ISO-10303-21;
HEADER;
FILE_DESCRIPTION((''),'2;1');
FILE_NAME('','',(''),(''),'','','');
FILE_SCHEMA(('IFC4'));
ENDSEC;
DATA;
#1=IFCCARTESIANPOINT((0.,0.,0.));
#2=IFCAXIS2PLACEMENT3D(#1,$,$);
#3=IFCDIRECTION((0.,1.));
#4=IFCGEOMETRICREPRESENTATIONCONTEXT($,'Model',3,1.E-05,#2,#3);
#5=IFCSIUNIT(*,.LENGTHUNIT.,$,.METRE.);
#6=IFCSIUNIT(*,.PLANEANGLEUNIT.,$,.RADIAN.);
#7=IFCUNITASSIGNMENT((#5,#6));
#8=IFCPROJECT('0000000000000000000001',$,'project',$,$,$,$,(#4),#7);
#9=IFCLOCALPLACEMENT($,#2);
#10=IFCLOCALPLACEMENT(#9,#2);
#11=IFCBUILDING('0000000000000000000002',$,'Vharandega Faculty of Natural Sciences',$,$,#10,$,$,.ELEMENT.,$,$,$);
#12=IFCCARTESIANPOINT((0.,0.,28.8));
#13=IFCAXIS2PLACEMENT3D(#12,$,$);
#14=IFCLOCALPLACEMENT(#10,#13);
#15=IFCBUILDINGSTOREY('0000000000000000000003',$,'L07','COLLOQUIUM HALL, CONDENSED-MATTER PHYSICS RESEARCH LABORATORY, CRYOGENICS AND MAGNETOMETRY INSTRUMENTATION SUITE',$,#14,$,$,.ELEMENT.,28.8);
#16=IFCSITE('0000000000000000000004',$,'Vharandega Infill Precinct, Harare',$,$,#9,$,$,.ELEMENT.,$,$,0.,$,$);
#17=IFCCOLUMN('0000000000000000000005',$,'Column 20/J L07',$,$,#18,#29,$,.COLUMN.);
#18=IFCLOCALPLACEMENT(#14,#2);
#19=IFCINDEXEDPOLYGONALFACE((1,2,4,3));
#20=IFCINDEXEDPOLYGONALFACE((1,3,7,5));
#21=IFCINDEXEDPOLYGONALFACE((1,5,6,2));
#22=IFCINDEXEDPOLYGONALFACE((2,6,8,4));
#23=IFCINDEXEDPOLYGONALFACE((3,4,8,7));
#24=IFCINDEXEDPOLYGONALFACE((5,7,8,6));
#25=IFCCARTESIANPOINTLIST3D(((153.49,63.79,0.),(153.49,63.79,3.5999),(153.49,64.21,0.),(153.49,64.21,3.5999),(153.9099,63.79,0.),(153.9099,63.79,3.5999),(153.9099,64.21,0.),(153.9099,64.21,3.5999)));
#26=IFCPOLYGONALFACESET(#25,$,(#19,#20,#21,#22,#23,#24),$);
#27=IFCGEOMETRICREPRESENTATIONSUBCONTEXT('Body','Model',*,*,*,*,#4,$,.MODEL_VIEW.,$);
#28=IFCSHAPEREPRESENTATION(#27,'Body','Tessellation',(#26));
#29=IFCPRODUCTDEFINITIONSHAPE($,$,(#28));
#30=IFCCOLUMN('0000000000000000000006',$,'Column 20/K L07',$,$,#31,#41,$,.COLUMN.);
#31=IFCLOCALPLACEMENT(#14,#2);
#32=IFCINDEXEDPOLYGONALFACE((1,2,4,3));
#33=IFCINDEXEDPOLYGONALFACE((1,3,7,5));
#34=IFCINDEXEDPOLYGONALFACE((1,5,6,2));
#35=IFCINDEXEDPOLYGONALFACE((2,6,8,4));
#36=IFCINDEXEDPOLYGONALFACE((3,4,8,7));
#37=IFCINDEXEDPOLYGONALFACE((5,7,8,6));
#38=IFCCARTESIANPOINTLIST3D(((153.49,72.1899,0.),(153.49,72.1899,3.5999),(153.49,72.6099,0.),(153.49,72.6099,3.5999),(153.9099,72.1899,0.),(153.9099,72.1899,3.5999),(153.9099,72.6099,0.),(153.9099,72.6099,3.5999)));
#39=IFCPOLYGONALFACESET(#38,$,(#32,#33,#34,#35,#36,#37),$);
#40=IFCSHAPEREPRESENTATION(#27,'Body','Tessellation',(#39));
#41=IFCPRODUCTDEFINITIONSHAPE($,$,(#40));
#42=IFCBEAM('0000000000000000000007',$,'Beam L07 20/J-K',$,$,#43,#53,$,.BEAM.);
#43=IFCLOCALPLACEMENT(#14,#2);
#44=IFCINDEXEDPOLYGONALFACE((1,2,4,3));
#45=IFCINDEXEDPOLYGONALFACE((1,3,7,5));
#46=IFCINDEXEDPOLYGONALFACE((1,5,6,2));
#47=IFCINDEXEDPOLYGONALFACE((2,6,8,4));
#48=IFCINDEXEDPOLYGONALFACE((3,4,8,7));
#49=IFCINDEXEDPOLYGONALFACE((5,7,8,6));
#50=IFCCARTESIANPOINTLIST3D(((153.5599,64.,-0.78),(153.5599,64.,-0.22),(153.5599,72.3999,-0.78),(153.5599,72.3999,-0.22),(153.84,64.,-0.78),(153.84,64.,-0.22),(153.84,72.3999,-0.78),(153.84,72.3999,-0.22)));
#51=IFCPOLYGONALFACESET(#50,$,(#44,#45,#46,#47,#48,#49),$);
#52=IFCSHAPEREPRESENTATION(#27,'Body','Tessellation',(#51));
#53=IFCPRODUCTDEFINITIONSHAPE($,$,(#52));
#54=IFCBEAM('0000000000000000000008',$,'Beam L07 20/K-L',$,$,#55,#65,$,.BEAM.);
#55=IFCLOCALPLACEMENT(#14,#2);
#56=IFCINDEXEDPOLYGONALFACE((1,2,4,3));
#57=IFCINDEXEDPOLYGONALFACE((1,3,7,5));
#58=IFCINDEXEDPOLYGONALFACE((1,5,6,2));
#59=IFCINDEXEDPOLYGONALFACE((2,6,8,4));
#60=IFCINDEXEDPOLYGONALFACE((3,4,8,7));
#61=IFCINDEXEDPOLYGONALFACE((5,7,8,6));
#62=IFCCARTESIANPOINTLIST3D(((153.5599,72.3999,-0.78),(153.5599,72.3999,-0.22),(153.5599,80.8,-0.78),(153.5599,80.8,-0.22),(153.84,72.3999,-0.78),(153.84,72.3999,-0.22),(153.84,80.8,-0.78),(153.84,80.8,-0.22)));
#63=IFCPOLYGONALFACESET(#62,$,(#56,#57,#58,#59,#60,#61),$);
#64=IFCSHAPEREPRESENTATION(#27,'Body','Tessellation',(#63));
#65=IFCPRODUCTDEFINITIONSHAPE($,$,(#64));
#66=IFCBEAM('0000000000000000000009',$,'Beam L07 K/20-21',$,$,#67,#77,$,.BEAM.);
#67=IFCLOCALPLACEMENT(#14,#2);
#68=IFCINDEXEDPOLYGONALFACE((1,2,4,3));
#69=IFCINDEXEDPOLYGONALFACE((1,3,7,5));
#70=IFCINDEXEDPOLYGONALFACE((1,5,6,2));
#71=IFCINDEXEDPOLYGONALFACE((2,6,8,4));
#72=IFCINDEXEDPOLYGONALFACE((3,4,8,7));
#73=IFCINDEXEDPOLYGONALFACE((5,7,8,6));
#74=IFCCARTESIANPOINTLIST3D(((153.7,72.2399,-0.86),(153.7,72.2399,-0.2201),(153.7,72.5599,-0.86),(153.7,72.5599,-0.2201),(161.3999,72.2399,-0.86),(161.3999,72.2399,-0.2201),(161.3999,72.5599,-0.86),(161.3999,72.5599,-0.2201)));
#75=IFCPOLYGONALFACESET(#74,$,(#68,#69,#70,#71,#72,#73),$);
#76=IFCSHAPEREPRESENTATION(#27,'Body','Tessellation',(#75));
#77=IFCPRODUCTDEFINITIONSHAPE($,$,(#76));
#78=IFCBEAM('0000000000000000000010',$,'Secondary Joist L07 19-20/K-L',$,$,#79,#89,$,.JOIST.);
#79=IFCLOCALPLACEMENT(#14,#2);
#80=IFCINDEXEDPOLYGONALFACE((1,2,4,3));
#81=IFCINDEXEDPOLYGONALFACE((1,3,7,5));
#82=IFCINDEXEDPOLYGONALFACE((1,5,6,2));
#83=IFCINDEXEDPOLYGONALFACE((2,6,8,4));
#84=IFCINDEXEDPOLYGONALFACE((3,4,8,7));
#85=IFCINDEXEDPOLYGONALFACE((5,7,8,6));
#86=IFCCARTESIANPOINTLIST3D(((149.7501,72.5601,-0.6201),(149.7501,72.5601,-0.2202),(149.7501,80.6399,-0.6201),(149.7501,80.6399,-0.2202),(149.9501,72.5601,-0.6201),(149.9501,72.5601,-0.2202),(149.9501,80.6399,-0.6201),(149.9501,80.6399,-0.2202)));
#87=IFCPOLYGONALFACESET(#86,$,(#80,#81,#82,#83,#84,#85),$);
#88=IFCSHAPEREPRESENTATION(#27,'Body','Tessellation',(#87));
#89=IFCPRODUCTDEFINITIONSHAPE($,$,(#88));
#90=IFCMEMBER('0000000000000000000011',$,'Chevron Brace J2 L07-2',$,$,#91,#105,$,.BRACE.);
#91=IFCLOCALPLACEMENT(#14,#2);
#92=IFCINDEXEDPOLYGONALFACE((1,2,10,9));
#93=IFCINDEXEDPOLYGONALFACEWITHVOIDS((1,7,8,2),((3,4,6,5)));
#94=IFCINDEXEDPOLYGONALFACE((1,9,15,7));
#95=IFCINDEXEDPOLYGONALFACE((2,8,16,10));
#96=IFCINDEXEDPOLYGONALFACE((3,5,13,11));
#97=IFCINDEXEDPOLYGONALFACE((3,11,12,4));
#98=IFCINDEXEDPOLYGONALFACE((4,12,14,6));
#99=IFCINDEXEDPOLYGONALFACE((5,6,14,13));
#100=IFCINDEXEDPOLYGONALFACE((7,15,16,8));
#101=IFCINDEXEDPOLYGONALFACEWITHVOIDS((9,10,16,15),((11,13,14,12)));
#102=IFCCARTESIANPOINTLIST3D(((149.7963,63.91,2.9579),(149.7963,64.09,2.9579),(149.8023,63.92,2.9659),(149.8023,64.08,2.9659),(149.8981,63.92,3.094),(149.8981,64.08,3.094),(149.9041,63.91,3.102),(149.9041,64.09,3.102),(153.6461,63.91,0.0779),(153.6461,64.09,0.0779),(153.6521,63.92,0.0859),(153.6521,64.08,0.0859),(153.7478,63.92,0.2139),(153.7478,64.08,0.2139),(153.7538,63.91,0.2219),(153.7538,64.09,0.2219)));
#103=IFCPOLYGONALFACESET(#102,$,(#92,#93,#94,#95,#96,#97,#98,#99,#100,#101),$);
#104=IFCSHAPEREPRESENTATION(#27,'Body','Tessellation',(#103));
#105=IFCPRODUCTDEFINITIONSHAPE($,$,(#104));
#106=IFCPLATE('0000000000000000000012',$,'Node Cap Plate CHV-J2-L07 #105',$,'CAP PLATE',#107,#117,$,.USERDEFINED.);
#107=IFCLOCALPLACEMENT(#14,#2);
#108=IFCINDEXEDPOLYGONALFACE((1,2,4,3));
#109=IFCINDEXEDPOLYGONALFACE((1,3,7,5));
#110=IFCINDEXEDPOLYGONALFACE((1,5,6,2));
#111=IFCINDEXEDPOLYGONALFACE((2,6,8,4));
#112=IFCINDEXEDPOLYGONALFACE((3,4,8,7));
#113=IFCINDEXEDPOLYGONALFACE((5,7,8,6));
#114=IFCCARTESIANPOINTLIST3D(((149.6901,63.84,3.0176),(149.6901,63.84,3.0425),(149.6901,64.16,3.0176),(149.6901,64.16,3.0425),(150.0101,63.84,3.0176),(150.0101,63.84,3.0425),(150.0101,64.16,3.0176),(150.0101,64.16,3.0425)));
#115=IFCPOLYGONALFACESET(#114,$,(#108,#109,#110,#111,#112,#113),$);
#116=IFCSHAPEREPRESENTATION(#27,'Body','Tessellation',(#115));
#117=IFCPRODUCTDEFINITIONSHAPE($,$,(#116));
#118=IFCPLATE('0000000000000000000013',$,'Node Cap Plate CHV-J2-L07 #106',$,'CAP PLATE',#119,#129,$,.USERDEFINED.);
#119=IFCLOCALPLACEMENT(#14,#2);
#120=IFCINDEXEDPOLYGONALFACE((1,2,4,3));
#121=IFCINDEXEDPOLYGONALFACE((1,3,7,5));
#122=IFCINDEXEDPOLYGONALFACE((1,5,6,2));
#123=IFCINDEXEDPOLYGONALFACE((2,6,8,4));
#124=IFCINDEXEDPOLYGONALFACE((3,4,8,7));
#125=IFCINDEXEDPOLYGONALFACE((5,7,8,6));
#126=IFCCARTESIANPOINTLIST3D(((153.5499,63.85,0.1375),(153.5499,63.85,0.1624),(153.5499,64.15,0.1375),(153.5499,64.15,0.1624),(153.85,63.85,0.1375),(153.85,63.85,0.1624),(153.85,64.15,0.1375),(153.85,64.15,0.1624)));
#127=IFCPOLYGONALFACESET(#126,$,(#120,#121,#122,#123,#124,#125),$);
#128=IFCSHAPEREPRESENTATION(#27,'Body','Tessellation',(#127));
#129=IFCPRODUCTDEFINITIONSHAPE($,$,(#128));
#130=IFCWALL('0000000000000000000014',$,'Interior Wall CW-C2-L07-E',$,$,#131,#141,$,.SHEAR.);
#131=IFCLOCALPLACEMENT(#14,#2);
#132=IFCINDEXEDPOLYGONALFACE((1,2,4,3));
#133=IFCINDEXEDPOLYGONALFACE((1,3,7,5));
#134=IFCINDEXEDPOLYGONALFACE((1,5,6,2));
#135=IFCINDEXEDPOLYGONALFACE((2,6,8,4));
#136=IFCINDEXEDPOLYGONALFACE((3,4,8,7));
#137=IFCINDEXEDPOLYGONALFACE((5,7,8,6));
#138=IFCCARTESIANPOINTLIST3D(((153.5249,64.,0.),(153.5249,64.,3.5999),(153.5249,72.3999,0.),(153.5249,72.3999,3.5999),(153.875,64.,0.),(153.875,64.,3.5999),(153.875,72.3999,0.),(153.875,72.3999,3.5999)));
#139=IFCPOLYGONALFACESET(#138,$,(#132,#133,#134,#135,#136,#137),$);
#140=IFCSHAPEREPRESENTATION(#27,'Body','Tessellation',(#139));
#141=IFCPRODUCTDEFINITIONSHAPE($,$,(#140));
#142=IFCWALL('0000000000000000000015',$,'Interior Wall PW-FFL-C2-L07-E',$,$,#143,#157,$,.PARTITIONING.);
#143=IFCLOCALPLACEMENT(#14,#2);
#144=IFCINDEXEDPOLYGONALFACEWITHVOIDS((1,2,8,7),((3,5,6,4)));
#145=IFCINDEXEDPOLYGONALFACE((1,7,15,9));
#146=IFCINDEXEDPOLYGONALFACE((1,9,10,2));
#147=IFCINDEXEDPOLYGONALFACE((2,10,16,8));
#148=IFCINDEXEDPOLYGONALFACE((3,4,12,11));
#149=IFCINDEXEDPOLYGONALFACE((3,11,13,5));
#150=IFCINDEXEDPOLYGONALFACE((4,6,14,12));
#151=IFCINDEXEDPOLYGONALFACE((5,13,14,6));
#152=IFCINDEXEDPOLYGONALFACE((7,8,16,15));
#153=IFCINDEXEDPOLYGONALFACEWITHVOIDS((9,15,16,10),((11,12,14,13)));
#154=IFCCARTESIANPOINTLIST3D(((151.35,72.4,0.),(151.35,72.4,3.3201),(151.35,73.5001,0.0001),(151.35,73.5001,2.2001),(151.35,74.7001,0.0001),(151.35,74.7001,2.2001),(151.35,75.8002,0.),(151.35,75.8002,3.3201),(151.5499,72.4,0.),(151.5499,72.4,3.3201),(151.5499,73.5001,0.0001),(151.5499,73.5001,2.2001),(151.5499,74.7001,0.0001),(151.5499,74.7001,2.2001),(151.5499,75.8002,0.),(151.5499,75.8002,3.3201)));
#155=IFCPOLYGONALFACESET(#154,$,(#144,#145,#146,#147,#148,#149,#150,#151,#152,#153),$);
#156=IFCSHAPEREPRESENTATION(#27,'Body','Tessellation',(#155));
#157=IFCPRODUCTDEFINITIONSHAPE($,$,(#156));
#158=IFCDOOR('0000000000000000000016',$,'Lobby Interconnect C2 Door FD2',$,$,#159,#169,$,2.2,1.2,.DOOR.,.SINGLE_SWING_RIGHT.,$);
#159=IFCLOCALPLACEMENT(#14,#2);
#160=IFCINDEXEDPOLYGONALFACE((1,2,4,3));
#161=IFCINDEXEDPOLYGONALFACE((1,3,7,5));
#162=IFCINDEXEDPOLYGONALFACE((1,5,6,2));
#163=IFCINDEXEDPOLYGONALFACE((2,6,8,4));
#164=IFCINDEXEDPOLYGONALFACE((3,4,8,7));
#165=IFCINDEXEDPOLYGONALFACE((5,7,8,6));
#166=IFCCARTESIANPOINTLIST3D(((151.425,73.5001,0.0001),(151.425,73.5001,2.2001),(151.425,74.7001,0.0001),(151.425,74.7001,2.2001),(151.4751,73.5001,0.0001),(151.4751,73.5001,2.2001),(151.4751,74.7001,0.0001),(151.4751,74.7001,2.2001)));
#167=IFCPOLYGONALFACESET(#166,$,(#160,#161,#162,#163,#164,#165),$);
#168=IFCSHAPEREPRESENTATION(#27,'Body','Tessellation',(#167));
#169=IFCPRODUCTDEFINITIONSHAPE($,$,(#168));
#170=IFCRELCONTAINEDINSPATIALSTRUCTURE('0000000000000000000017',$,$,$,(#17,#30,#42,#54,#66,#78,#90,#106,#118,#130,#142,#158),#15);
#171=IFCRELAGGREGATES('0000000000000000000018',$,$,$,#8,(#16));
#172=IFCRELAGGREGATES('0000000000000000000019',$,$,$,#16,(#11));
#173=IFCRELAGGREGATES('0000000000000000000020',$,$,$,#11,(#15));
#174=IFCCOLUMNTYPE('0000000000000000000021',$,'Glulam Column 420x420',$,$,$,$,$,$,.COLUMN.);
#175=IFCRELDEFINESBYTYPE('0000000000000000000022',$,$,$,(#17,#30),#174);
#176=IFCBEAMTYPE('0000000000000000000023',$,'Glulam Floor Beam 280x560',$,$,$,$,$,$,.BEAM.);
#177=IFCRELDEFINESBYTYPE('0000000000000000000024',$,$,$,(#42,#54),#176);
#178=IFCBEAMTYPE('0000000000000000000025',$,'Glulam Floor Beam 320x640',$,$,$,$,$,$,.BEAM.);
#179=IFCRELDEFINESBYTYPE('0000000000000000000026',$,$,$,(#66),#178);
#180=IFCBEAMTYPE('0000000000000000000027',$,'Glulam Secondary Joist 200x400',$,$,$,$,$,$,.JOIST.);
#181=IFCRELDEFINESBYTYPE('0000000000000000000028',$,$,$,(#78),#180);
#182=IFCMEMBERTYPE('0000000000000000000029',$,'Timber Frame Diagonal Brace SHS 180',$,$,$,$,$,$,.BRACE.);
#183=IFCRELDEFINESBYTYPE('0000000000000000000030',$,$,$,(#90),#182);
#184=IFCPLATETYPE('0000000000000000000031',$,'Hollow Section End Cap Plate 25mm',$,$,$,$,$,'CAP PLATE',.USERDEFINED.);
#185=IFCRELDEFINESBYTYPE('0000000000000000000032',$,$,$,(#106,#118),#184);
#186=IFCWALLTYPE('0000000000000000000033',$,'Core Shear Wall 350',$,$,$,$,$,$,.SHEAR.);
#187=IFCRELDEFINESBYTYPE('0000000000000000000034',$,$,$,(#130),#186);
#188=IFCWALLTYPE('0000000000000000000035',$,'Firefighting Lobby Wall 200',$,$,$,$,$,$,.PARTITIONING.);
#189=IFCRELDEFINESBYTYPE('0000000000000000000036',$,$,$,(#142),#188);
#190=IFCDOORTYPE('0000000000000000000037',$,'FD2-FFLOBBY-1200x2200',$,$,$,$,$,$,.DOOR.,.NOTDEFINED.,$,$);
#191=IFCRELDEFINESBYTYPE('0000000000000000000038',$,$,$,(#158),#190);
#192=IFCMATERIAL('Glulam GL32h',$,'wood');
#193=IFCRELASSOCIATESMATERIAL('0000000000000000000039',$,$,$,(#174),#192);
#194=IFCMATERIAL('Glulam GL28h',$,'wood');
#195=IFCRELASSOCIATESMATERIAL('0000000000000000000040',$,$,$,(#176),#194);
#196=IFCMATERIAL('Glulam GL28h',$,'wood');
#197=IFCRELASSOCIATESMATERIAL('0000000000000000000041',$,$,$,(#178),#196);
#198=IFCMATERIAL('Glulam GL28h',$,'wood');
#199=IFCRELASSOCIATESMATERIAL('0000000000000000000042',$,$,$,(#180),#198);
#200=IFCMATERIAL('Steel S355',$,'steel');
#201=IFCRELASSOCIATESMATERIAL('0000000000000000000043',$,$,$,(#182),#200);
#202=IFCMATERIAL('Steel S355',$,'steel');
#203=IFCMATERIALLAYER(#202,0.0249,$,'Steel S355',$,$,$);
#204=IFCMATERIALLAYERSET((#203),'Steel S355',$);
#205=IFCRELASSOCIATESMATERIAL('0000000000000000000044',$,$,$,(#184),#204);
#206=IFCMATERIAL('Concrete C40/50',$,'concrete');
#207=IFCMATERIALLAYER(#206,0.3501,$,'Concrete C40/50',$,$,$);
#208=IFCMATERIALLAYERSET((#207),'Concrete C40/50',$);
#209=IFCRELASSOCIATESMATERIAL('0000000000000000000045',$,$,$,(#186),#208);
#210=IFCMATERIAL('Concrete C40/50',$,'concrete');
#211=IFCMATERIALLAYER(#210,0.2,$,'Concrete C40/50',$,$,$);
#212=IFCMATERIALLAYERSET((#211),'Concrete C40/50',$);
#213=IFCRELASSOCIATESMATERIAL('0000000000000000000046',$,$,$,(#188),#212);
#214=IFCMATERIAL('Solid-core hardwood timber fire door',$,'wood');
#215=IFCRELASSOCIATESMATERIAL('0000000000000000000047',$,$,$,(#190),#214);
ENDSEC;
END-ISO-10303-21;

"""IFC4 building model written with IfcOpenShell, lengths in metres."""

from ifc_helpers import new_model, si_unit, direction, frame, frame_2d, origin, origin_2d, place, context, subcontext, project, spatial, rectangle, hollow_rectangle, extrude, material, layer, layer_set, material_profile, profile_set, type_object, element, fill, save


model = new_model("IFC4")

# Units and contexts
model_context = context("Model", 3, precision=1e-05, world=origin(), true_north=direction((0.0, 1.0)))
body_context = subcontext(model_context, "Body", "Model", "MODEL_VIEW")
ifc_project = project(units=[si_unit("LENGTHUNIT", "METRE"), si_unit("PLANEANGLEUNIT", "RADIAN")], contexts=[model_context])

# Site, building, storey
site_placement = place(None, origin())
site = spatial("IfcSite", under=ifc_project, at=site_placement, Name="Vharandega Infill Precinct, Harare", CompositionType="ELEMENT", RefElevation=0.0)
building_placement = place(site_placement, origin())
building = spatial("IfcBuilding", under=site, at=building_placement, Name="Vharandega Faculty of Natural Sciences", CompositionType="ELEMENT")
storey_placement = place(building_placement, frame((0.0, 0.0, 28.8)))
storey = spatial("IfcBuildingStorey", under=building, at=storey_placement, Name="L07", Description="COLLOQUIUM HALL, CONDENSED-MATTER PHYSICS RESEARCH LABORATORY, CRYOGENICS AND MAGNETOMETRY INSTRUMENTATION SUITE", CompositionType="ELEMENT", Elevation=28.8)

# Columns
ifc_material_1 = material(Name="Glulam GL32h", Category="wood")
ifc_material_profile_1 = material_profile(ifc_material_1, rectangle(XDim=0.4199, YDim=0.4199, at=origin_2d()), Name="GL32h 420x420")
ifc_profile_set_1 = profile_set([ifc_material_profile_1], Name="Glulam GL32h")
column_type = type_object("IfcColumnType", Name="Glulam Column 420x420", PredefinedType="COLUMN", material=ifc_profile_set_1)
for number, where, z_axis, x_axis, name in (
    (1, (153.7, 64.0, 0.0), (0.0, 0.0, 1.0), (1.0, 0.0, 0.0), "Column 20/J L07"),
    (2, (153.7, 72.3999, 0.0), (0.0, 0.0, 1.0), (1.0, 0.0, 0.0), "Column 20/K L07"),
):
    element("IfcColumn", number, at=place(storey_placement, frame(where, z_axis=z_axis, x_axis=x_axis)), inside=storey, type_object=column_type, Name=name, PredefinedType="COLUMN", context=body_context, shape_type="SweptSolid", body=[
        extrude(rectangle(XDim=0.4199, YDim=0.4199, at=origin_2d()), origin(), (0.0, 0.0, 1.0), 3.5999),
    ])

# Beams
ifc_material_2 = material(Name="Glulam GL28h", Category="wood")
ifc_material_profile_2 = material_profile(ifc_material_2, rectangle(XDim=0.28, YDim=0.5601, at=origin_2d()), Name="GL28h 280x560")
ifc_profile_set_2 = profile_set([ifc_material_profile_2], Name="Glulam GL28h")
beam_type_1 = type_object("IfcBeamType", Name="Glulam Floor Beam 280x560", PredefinedType="BEAM", material=ifc_profile_set_2)
beam_1_placement = place(storey_placement, frame((153.7, 64.0, -0.5), z_axis=(0.0, 1.0, 0.0), x_axis=(-1.0, 0.0, 0.0)))
element("IfcBeam", 3, at=beam_1_placement, inside=storey, type_object=beam_type_1, Name="Beam L07 20/J-K", PredefinedType="BEAM", context=body_context, shape_type="SweptSolid", body=[
    extrude(rectangle(XDim=0.28, YDim=0.5601, at=origin_2d()), origin(), (0.0, 0.0, 1.0), 8.3999),
])
beam_2_placement = place(storey_placement, frame((153.7, 72.3999, -0.5), z_axis=(0.0, 1.0, 0.0), x_axis=(-1.0, 0.0, 0.0)))
element("IfcBeam", 4, at=beam_2_placement, inside=storey, type_object=beam_type_1, Name="Beam L07 20/K-L", PredefinedType="BEAM", context=body_context, shape_type="SweptSolid", body=[
    extrude(rectangle(XDim=0.28, YDim=0.5601, at=origin_2d()), origin(), (0.0, 0.0, 1.0), 8.4001),
])
ifc_material_3 = material(Name="Glulam GL28h", Category="wood")
ifc_material_profile_3 = material_profile(ifc_material_3, rectangle(XDim=0.3201, YDim=0.6399, at=origin_2d()), Name="GL28h 320x640")
ifc_profile_set_3 = profile_set([ifc_material_profile_3], Name="Glulam GL28h")
beam_type_2 = type_object("IfcBeamType", Name="Glulam Floor Beam 320x640", PredefinedType="BEAM", material=ifc_profile_set_3)
beam_3_placement = place(storey_placement, frame((153.7, 72.3999, -0.54), z_axis=(1.0, 0.0, 0.0), x_axis=(0.0, 1.0, 0.0)))
element("IfcBeam", 5, at=beam_3_placement, inside=storey, type_object=beam_type_2, Name="Beam L07 K/20-21", PredefinedType="BEAM", context=body_context, shape_type="SweptSolid", body=[
    extrude(rectangle(XDim=0.3201, YDim=0.6399, at=origin_2d()), origin(), (0.0, 0.0, 1.0), 7.7),
])
ifc_material_4 = material(Name="Glulam GL28h", Category="wood")
ifc_material_profile_4 = material_profile(ifc_material_4, rectangle(XDim=0.2, YDim=0.3999, at=origin_2d()), Name="GL28h 200x400")
ifc_profile_set_4 = profile_set([ifc_material_profile_4], Name="Glulam GL28h")
beam_type_3 = type_object("IfcBeamType", Name="Glulam Secondary Joist 200x400", PredefinedType="JOIST", material=ifc_profile_set_4)
beam_4_placement = place(storey_placement, frame((149.8501, 72.5601, -0.4202), z_axis=(0.0, 1.0, 0.0), x_axis=(-1.0, 0.0, 0.0)))
element("IfcBeam", 6, at=beam_4_placement, inside=storey, type_object=beam_type_3, Name="Secondary Joist L07 19-20/K-L", PredefinedType="JOIST", context=body_context, shape_type="SweptSolid", body=[
    extrude(rectangle(XDim=0.2, YDim=0.3999, at=origin_2d()), origin(), (0.0, 0.0, 1.0), 8.0798),
])

# Member
ifc_material_5 = material(Name="Steel S355", Category="steel")
ifc_material_profile_5 = material_profile(ifc_material_5, hollow_rectangle(XDim=0.1799, YDim=0.1799, WallThickness=0.01, at=origin_2d()), Name="SHS 180x180x10")
ifc_profile_set_5 = profile_set([ifc_material_profile_5], Name="Steel S355")
member_type = type_object("IfcMemberType", Name="Timber Frame Diagonal Brace SHS 180", PredefinedType="BRACE", material=ifc_profile_set_5)
member_placement = place(storey_placement, frame((153.7, 64.0, 0.1499), z_axis=(-0.800725, 0.0, 0.599033), x_axis=(0.0, -1.0, 0.0)))
element("IfcMember", 7, at=member_placement, inside=storey, type_object=member_type, Name="Chevron Brace J2 L07-2", PredefinedType="BRACE", context=body_context, shape_type="SweptSolid", body=[
    extrude(hollow_rectangle(XDim=0.1799, YDim=0.1799, WallThickness=0.01, at=origin_2d()), origin(), (0.0, 0.0, 1.0), 4.8079),
])

# Plates
ifc_material_6 = material(Name="Steel S355", Category="steel")
ifc_layer_1 = layer(ifc_material_6, 0.0249, Name="Steel S355")
ifc_layer_set_1 = layer_set([ifc_layer_1], Name="Steel S355")
plate_type = type_object("IfcPlateType", Name="Hollow Section End Cap Plate 25mm", ElementType="CAP PLATE", PredefinedType="USERDEFINED", material=ifc_layer_set_1)
plate_1_placement = place(storey_placement, frame((149.8501, 64.0, 3.0176), z_axis=(0.0, 0.0, 1.0), x_axis=(1.0, 0.0, 0.0)))
element("IfcPlate", 8, at=plate_1_placement, inside=storey, type_object=plate_type, Name="Node Cap Plate CHV-J2-L07 #105", ObjectType="CAP PLATE", PredefinedType="USERDEFINED", context=body_context, shape_type="SweptSolid", body=[
    extrude(rectangle(XDim=0.3201, YDim=0.3201, at=origin_2d()), origin(), (0.0, 0.0, 1.0), 0.0249),
])
plate_2_placement = place(storey_placement, frame((153.7, 64.0, 0.1375), z_axis=(0.0, 0.0, 1.0), x_axis=(1.0, 0.0, 0.0)))
element("IfcPlate", 9, at=plate_2_placement, inside=storey, type_object=plate_type, Name="Node Cap Plate CHV-J2-L07 #106", ObjectType="CAP PLATE", PredefinedType="USERDEFINED", context=body_context, shape_type="SweptSolid", body=[
    extrude(rectangle(XDim=0.3, YDim=0.3, at=origin_2d()), origin(), (0.0, 0.0, 1.0), 0.0249),
])

# Wall
ifc_material_7 = material(Name="Concrete C40/50", Category="concrete")
ifc_layer_2 = layer(ifc_material_7, 0.3501, Name="Concrete C40/50")
ifc_layer_set_2 = layer_set([ifc_layer_2], Name="Concrete C40/50")
wall_type_1 = type_object("IfcWallType", Name="Core Shear Wall 350", PredefinedType="SHEAR", material=ifc_layer_set_2)
wall_1_placement = place(storey_placement, frame((153.7, 64.0, 0.0), z_axis=(0.0, 0.0, 1.0), x_axis=(0.0, 1.0, 0.0)))
element("IfcWall", 10, at=wall_1_placement, inside=storey, type_object=wall_type_1, Name="Interior Wall CW-C2-L07-E", PredefinedType="SHEAR", context=body_context, shape_type="SweptSolid", body=[
    extrude(rectangle(XDim=8.3999, YDim=0.3501, at=frame_2d((4.2, 0.0))), origin(), (0.0, 0.0, 1.0), 3.5999),
])

# Wall, opening, door
ifc_material_8 = material(Name="Concrete C40/50", Category="concrete")
ifc_layer_3 = layer(ifc_material_8, 0.2, Name="Concrete C40/50")
ifc_layer_set_3 = layer_set([ifc_layer_3], Name="Concrete C40/50")
wall_type_2 = type_object("IfcWallType", Name="Firefighting Lobby Wall 200", PredefinedType="PARTITIONING", material=ifc_layer_set_3)
wall_2_placement = place(storey_placement, frame((151.45, 72.3999, 0.0), z_axis=(0.0, 0.0, 1.0), x_axis=(0.0, 1.0, 0.0)))
wall_2 = element("IfcWall", 11, at=wall_2_placement, inside=storey, type_object=wall_type_2, Name="Interior Wall PW-FFL-C2-L07-E", PredefinedType="PARTITIONING", context=body_context, shape_type="SweptSolid", body=[
    extrude(rectangle(XDim=3.4001, YDim=0.2, at=frame_2d((1.7002, 0.0))), origin(), (0.0, 0.0, 1.0), 3.3201),
])
opening_1_placement = place(wall_2_placement, frame((1.1001, 0.0, 0.0)))
opening_1 = element("IfcOpeningElement", 12, at=opening_1_placement, cuts=wall_2, PredefinedType="OPENING", context=body_context, shape_type="SweptSolid", body=[
    extrude(rectangle(XDim=1.2, YDim=2.2, at=frame_2d((0.6001, 1.1001))), frame((0.0, 0.1099, 0.0), z_axis=(0.0, -1.0, 0.0), x_axis=(1.0, 0.0, 0.0)), (0.0, 0.0, 1.0), 0.22),
])
ifc_material_9 = material(Name="Solid-core hardwood timber fire door", Category="wood")
door_type_1 = type_object("IfcDoorType", Name="FD2-FFLOBBY-1200x2200", OperationType="NOTDEFINED", PredefinedType="DOOR", material=ifc_material_9)
door_1_placement = place(opening_1_placement, origin())
door_1 = element("IfcDoor", 13, at=door_1_placement, inside=storey, type_object=door_type_1, Name="Lobby Interconnect C2 Door FD2", OperationType="SINGLE_SWING_RIGHT", OverallHeight=2.2, OverallWidth=1.2, PredefinedType="DOOR", context=body_context, shape_type="SweptSolid", body=[
    extrude(rectangle(XDim=1.2, YDim=2.2, at=frame_2d((0.6001, 1.1001))), frame((0.0, 0.0249, 0.0), z_axis=(0.0, -1.0, 0.0), x_axis=(1.0, 0.0, 0.0)), (0.0, 0.0, 1.0), 0.05),
])
fill(opening_1, door_1)

save(model, "model.ifc")
